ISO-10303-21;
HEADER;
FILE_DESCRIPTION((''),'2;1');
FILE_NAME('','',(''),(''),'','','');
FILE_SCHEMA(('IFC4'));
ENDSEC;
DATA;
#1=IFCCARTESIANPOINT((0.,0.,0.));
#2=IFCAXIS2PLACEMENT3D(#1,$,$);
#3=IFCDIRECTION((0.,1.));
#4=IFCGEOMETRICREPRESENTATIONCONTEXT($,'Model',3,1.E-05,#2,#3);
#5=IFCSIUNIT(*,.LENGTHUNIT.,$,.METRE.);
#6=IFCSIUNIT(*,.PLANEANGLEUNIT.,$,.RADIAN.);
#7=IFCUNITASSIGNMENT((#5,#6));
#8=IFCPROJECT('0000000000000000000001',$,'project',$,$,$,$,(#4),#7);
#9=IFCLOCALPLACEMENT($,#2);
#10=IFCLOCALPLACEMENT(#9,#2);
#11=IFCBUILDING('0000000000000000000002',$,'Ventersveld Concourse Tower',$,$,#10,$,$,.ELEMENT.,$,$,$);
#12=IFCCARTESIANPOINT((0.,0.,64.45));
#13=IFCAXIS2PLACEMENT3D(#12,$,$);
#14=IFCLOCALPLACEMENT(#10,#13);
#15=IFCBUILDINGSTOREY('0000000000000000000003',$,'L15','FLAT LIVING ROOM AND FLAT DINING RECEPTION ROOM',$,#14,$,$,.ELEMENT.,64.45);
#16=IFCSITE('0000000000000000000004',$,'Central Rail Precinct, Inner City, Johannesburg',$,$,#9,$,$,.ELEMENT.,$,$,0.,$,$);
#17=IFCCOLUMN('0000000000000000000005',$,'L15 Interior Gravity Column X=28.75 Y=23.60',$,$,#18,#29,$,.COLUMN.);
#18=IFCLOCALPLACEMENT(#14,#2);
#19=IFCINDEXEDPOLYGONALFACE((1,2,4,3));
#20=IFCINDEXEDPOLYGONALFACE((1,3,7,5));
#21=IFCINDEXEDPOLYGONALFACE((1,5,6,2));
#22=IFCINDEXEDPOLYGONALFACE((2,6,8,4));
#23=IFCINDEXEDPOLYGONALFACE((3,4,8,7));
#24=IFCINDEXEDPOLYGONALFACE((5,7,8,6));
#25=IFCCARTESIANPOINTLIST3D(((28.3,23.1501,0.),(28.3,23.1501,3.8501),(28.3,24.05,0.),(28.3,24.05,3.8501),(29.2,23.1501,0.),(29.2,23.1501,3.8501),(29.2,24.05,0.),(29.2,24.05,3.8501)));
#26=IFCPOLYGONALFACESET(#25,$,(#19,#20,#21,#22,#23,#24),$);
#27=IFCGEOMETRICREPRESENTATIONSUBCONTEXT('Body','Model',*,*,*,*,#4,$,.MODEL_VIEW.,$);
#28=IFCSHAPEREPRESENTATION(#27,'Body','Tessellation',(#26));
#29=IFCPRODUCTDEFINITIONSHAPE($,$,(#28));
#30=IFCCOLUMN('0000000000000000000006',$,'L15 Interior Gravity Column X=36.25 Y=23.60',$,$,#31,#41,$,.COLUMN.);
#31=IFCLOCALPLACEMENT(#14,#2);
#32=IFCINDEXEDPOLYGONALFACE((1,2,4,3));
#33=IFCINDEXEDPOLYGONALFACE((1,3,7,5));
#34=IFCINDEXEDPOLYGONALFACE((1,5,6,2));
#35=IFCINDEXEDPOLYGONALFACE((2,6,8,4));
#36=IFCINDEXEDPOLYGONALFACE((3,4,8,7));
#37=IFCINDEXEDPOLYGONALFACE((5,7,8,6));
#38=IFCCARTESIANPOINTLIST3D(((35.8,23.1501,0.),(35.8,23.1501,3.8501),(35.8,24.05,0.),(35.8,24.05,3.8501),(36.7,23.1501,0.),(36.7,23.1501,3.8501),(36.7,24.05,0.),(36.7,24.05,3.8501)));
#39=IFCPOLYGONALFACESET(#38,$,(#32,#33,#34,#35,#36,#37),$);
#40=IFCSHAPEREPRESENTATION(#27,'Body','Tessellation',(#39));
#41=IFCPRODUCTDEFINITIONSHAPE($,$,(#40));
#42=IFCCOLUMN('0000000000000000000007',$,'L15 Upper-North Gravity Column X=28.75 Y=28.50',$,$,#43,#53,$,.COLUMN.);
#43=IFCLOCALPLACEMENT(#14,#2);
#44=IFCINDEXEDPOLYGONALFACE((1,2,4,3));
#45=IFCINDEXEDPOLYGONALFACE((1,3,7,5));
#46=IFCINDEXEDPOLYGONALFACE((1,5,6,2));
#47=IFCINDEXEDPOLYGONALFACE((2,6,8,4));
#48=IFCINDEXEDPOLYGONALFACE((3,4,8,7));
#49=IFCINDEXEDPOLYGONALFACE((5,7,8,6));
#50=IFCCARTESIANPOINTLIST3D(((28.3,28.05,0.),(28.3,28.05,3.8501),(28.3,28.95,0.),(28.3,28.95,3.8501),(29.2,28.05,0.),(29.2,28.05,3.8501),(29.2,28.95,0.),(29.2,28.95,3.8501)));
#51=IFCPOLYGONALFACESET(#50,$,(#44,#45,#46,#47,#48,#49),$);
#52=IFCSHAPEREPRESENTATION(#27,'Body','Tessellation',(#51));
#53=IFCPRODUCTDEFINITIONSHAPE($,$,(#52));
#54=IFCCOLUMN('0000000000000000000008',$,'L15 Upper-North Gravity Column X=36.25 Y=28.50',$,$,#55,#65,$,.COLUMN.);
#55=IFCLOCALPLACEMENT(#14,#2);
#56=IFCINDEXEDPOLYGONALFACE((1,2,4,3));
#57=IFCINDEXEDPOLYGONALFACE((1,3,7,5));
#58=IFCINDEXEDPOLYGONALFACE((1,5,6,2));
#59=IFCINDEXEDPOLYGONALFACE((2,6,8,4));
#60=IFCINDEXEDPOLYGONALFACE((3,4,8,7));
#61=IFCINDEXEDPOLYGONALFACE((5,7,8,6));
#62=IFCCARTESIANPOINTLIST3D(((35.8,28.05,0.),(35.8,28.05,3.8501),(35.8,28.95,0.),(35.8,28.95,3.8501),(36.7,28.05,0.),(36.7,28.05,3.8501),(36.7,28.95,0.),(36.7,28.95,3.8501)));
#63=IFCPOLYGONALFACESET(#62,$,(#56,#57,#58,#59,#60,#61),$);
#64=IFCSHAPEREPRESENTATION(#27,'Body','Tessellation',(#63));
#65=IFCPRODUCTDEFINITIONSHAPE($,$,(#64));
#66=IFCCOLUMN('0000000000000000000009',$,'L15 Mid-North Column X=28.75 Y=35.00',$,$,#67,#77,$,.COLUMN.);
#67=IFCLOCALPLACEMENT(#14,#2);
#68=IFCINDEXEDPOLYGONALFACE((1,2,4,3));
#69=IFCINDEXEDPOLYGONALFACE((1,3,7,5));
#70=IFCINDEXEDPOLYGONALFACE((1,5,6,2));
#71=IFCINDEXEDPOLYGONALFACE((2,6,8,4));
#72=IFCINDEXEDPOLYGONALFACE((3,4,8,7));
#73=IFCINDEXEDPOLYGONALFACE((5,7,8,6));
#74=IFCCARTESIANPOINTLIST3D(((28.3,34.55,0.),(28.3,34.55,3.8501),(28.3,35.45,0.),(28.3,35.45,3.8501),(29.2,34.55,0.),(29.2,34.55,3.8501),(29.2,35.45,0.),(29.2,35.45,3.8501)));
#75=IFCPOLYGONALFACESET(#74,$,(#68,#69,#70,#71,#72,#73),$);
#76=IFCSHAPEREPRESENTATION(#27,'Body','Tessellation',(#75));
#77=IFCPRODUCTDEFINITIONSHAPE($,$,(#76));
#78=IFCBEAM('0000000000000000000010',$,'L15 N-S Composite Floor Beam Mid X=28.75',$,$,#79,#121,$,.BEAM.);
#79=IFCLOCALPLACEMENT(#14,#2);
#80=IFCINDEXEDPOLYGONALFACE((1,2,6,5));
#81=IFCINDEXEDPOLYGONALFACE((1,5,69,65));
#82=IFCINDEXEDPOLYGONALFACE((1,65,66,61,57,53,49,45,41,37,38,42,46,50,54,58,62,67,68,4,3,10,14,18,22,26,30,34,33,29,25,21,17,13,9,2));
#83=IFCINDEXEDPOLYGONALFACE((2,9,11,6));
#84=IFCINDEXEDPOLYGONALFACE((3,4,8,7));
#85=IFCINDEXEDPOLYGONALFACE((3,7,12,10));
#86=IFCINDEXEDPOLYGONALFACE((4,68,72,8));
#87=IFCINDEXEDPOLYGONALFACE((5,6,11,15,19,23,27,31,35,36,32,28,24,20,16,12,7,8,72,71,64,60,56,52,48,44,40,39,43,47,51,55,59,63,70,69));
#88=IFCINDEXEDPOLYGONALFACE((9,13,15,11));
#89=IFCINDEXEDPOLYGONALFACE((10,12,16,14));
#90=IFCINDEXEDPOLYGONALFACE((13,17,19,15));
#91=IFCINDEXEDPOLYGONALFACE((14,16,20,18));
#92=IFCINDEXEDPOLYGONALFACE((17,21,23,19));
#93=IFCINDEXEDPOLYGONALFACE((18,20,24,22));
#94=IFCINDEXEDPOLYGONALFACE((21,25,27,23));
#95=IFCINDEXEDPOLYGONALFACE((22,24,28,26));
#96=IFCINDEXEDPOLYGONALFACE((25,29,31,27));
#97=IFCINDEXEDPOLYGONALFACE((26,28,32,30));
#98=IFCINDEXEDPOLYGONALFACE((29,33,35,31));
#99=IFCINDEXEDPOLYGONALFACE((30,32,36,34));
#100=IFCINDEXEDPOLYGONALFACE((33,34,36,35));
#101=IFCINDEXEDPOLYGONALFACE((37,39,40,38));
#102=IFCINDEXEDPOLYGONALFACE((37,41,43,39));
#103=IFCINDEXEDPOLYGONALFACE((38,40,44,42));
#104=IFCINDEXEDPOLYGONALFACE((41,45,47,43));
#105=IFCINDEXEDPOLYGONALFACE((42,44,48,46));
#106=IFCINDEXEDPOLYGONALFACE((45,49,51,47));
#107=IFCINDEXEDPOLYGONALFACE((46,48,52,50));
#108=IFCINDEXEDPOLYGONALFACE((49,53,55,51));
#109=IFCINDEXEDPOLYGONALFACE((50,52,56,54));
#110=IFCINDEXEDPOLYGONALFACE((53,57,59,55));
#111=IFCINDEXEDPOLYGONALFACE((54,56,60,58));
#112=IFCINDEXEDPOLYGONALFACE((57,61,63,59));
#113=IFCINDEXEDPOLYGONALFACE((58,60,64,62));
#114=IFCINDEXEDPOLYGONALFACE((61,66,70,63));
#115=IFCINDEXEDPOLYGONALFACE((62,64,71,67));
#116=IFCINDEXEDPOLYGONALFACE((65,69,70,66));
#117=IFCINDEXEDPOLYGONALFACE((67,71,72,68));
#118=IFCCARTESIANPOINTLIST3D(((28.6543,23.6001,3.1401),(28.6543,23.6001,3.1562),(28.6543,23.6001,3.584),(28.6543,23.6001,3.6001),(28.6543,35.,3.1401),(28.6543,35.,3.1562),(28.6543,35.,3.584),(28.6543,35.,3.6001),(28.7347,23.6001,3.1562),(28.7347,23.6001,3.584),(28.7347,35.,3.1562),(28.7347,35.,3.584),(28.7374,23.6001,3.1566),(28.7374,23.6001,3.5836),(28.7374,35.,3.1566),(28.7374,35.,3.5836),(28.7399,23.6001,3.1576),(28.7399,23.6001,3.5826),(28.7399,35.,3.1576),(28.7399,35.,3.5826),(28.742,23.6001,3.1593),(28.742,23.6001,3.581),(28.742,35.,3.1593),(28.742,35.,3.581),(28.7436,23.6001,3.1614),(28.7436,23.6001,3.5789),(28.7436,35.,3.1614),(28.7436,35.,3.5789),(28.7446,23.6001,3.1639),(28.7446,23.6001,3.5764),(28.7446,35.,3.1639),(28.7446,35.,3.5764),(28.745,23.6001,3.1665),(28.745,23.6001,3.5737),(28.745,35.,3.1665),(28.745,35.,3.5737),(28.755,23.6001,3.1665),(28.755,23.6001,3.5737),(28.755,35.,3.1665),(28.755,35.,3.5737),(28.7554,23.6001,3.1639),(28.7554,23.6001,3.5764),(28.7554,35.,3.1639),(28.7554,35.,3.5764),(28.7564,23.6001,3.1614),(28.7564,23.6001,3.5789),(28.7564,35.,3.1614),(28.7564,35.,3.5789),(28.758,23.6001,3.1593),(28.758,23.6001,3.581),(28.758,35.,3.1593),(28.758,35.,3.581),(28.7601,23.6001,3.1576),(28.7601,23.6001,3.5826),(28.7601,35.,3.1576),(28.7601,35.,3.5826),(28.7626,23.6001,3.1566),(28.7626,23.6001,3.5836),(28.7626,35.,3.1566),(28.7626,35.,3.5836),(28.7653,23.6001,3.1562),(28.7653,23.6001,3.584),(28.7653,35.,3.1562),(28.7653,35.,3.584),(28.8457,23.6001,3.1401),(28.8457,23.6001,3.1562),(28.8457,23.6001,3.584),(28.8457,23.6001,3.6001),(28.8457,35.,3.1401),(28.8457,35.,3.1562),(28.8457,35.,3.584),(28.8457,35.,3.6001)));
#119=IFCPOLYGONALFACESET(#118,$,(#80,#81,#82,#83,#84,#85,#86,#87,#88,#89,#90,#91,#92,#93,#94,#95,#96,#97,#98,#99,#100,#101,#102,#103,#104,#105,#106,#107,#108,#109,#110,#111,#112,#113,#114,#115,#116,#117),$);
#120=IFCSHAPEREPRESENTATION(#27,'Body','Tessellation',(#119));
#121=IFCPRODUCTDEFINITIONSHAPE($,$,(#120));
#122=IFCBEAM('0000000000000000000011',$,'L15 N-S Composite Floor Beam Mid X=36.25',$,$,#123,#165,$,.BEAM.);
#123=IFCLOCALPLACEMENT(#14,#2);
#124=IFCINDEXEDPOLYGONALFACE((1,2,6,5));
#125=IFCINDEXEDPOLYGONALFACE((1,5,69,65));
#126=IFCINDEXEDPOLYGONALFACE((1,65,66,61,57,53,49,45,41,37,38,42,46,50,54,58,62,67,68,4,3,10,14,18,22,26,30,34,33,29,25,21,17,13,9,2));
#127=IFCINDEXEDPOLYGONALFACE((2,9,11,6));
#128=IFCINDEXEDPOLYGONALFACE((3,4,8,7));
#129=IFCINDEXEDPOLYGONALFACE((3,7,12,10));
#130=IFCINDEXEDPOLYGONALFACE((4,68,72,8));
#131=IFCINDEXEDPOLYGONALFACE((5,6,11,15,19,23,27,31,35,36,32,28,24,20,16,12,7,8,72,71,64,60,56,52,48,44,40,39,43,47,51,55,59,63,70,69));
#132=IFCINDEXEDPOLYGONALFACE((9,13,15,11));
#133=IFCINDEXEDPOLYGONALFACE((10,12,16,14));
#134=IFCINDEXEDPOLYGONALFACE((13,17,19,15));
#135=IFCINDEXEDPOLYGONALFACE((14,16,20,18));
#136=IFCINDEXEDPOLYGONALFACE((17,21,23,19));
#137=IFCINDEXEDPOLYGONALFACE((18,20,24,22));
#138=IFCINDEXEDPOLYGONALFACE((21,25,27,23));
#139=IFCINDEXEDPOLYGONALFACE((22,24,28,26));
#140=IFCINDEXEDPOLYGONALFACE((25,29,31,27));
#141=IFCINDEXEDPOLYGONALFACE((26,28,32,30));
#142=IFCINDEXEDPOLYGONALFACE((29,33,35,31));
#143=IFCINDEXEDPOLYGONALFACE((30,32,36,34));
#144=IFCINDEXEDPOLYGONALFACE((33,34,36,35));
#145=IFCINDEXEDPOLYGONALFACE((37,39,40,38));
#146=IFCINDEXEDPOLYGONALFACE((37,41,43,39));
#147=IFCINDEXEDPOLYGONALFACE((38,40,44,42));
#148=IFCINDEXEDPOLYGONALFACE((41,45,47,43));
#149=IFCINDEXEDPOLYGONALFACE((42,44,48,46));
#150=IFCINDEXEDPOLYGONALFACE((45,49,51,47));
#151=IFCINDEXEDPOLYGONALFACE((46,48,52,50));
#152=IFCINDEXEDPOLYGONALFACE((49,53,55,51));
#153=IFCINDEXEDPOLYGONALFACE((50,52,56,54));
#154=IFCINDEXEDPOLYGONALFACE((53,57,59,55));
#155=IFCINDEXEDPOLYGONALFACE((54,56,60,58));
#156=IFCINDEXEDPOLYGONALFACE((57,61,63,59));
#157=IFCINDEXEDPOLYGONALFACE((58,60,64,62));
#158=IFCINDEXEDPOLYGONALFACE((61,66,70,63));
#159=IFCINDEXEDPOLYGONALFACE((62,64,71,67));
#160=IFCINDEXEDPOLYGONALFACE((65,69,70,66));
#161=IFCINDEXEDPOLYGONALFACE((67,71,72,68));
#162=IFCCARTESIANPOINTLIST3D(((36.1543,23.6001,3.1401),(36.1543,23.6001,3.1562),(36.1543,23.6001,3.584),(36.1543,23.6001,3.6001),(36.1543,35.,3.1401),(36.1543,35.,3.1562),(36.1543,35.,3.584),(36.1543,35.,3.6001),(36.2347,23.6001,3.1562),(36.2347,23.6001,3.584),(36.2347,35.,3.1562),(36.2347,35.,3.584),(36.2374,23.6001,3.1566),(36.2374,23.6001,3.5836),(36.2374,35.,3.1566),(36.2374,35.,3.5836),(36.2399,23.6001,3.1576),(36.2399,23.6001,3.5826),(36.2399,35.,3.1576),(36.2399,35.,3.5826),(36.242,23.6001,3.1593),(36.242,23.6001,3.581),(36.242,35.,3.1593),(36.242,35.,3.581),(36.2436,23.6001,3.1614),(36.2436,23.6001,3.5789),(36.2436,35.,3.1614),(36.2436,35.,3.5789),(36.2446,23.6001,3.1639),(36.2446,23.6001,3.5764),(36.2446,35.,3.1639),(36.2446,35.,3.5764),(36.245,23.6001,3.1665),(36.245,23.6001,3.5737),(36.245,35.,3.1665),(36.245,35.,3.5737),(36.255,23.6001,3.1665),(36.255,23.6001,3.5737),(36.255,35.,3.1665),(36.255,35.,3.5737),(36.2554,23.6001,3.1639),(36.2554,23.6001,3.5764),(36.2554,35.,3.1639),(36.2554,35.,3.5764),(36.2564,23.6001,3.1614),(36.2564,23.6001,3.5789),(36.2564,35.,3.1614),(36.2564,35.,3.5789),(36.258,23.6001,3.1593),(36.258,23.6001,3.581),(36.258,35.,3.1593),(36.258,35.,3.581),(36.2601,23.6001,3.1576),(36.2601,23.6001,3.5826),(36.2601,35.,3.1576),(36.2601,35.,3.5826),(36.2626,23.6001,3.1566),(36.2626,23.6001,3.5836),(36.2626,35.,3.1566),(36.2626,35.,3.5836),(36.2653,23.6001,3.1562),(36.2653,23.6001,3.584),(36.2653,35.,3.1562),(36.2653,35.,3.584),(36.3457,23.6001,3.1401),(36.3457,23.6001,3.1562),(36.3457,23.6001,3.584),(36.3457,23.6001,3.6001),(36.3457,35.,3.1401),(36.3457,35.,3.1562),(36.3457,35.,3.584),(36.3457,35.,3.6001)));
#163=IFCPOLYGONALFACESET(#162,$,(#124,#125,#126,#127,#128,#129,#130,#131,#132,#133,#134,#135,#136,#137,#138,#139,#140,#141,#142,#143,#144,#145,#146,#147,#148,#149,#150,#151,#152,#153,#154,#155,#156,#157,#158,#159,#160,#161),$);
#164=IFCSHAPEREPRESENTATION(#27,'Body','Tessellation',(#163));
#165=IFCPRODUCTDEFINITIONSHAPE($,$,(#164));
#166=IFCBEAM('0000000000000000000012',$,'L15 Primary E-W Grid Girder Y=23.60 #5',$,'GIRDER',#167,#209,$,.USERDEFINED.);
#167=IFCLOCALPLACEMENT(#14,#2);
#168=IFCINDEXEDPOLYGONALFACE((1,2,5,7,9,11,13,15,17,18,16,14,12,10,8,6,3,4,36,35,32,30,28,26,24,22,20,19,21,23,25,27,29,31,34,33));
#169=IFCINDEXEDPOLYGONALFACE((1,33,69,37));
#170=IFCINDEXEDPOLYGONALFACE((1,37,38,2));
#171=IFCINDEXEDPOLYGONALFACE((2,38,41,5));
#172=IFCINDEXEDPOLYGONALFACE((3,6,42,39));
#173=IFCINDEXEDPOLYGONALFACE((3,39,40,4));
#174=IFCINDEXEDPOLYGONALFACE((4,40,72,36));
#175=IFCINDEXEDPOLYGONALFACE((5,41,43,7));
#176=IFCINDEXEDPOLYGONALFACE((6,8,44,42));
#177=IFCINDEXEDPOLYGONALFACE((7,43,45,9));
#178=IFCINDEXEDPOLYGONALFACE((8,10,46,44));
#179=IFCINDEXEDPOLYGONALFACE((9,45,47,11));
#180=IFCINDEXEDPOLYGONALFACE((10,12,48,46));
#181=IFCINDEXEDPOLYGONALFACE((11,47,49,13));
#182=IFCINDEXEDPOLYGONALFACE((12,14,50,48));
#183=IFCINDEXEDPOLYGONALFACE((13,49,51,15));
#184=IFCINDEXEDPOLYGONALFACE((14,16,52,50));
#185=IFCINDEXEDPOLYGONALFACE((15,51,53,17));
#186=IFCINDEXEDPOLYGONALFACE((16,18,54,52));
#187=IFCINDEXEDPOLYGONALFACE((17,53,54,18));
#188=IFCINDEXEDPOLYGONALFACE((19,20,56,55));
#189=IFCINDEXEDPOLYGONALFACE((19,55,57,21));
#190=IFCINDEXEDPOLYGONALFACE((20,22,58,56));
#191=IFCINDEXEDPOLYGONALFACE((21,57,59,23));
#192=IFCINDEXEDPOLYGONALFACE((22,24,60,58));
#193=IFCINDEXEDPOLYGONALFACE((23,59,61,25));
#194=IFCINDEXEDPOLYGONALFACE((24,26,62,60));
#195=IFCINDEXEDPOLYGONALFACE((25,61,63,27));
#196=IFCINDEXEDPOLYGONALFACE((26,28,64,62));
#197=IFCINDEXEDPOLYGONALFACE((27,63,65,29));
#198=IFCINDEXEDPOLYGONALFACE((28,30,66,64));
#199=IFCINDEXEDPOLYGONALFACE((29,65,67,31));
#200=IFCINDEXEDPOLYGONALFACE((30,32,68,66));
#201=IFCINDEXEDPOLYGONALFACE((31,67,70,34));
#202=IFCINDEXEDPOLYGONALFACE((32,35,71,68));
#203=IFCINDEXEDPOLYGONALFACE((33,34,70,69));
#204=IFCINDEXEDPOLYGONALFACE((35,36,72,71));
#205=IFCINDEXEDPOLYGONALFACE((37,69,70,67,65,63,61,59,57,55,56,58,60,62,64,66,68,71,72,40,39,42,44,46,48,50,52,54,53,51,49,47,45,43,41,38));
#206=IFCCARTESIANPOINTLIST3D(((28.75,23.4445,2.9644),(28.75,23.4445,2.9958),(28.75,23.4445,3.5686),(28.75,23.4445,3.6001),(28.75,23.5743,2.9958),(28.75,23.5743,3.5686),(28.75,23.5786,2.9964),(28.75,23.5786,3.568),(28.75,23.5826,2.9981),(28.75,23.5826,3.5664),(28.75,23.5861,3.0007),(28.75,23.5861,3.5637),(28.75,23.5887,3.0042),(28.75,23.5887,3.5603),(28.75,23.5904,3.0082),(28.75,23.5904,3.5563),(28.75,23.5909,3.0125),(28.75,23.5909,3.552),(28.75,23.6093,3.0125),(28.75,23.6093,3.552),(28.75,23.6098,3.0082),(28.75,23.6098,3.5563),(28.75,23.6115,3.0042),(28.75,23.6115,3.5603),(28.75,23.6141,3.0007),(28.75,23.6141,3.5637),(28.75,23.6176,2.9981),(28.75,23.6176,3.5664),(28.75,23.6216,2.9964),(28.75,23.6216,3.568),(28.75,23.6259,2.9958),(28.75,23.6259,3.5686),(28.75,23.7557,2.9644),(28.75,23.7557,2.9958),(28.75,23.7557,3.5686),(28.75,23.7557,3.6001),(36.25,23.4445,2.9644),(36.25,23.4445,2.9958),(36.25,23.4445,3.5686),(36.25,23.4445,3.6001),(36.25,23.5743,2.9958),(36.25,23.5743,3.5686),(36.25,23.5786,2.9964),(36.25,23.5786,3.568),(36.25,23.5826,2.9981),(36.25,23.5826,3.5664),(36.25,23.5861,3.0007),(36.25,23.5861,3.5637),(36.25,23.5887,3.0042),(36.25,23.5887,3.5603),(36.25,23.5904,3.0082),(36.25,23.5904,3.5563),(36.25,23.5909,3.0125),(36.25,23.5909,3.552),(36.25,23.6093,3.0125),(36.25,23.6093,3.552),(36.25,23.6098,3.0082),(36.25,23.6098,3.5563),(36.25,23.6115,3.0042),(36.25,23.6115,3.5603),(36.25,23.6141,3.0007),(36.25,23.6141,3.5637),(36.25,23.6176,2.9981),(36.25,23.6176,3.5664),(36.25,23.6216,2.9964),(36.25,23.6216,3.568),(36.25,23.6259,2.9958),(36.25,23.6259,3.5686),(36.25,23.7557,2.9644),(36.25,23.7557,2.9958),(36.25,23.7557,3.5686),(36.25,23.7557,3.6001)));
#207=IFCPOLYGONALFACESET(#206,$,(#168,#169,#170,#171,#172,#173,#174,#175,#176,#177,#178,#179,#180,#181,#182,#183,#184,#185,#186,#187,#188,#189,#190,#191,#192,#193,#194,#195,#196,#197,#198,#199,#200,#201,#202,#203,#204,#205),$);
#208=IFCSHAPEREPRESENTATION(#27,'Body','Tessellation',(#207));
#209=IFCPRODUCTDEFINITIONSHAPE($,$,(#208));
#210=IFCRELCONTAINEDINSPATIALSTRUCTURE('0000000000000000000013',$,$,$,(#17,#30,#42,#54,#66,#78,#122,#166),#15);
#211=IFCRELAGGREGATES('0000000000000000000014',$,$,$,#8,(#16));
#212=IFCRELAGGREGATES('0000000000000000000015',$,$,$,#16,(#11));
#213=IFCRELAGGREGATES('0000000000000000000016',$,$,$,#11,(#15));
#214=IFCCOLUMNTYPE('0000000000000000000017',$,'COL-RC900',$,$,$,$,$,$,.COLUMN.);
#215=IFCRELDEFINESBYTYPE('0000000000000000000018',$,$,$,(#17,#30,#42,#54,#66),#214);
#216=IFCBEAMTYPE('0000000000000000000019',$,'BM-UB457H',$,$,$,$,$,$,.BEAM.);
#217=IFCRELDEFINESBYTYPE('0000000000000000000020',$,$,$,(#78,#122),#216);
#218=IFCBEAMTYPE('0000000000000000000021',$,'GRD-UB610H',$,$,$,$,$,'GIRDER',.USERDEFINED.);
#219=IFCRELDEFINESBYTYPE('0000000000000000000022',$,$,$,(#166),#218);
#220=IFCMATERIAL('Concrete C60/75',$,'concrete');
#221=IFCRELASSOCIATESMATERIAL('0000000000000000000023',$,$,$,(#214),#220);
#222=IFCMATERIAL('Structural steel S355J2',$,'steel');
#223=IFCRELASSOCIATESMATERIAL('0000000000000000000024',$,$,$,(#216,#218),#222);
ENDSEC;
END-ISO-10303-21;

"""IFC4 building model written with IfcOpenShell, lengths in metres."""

from ifc_helpers import new_model, si_unit, direction, frame, origin, origin_2d, place, context, subcontext, project, spatial, rectangle, i_section, extrude, material, material_profile, profile_set, type_object, element, save


model = new_model("IFC4")

# Units and contexts
model_context = context("Model", 3, precision=1e-05, world=origin(), true_north=direction((0.0, 1.0)))
body_context = subcontext(model_context, "Body", "Model", "MODEL_VIEW")
ifc_project = project(units=[si_unit("LENGTHUNIT", "METRE"), si_unit("PLANEANGLEUNIT", "RADIAN")], contexts=[model_context])

# Site, building, storey
site_placement = place(None, origin())
site = spatial("IfcSite", under=ifc_project, at=site_placement, Name="Central Rail Precinct, Inner City, Johannesburg", CompositionType="ELEMENT", RefElevation=0.0)
building_placement = place(site_placement, origin())
building = spatial("IfcBuilding", under=site, at=building_placement, Name="Ventersveld Concourse Tower", CompositionType="ELEMENT")
storey_placement = place(building_placement, frame((0.0, 0.0, 64.45)))
storey = spatial("IfcBuildingStorey", under=building, at=storey_placement, Name="L15", Description="FLAT LIVING ROOM AND FLAT DINING RECEPTION ROOM", CompositionType="ELEMENT", Elevation=64.45)

# Columns
ifc_material_1 = material(Name="Concrete C60/75", Category="concrete")
ifc_material_profile_1 = material_profile(ifc_material_1, rectangle(XDim=0.8999, YDim=0.8999, at=origin_2d()), Name="RC 900x900")
ifc_profile_set_1 = profile_set([ifc_material_profile_1], Name="Concrete C60/75")
column_type = type_object("IfcColumnType", Name="COL-RC900", PredefinedType="COLUMN", material=ifc_profile_set_1)
for number, where, z_axis, x_axis, name in (
    (1, (28.75, 23.6001, 0.0), (0.0, 0.0, 1.0), (1.0, 0.0, 0.0), "L15 Interior Gravity Column X=28.75 Y=23.60"),
    (2, (36.25, 23.6001, 0.0), (0.0, 0.0, 1.0), (1.0, 0.0, 0.0), "L15 Interior Gravity Column X=36.25 Y=23.60"),
    (3, (28.75, 28.5, 0.0), (0.0, 0.0, 1.0), (1.0, 0.0, 0.0), "L15 Upper-North Gravity Column X=28.75 Y=28.50"),
    (4, (36.25, 28.5, 0.0), (0.0, 0.0, 1.0), (1.0, 0.0, 0.0), "L15 Upper-North Gravity Column X=36.25 Y=28.50"),
    (5, (28.75, 35.0, 0.0), (0.0, 0.0, 1.0), (1.0, 0.0, 0.0), "L15 Mid-North Column X=28.75 Y=35.00"),
):
    element("IfcColumn", number, at=place(storey_placement, frame(where, z_axis=z_axis, x_axis=x_axis)), inside=storey, type_object=column_type, Name=name, PredefinedType="COLUMN", context=body_context, shape_type="SweptSolid", body=[
        extrude(rectangle(XDim=0.8999, YDim=0.8999, at=origin_2d()), origin(), (0.0, 0.0, 1.0), 3.8501),
    ])

# Beams
ifc_material_2 = material(Name="Structural steel S355J2", Category="steel")
ifc_material_profile_2 = material_profile(ifc_material_2, i_section(OverallWidth=0.1914, OverallDepth=0.46, WebThickness=0.01, FlangeThickness=0.0161, FilletRadius=0.0103, at=origin_2d()), Name="UB 457x191x82")
ifc_profile_set_2 = profile_set([ifc_material_profile_2], Name="Structural steel S355J2")
beam_type_1 = type_object("IfcBeamType", Name="BM-UB457H", PredefinedType="BEAM", material=ifc_profile_set_2)
for number, where, z_axis, x_axis, name in (
    (6, (28.75, 23.6001, 3.3701), (0.0, 1.0, 0.0), (-1.0, 0.0, 0.0), "L15 N-S Composite Floor Beam Mid X=28.75"),
    (7, (36.25, 23.6001, 3.3701), (0.0, 1.0, 0.0), (-1.0, 0.0, 0.0), "L15 N-S Composite Floor Beam Mid X=36.25"),
):
    element("IfcBeam", number, at=place(storey_placement, frame(where, z_axis=z_axis, x_axis=x_axis)), inside=storey, type_object=beam_type_1, Name=name, PredefinedType="BEAM", context=body_context, shape_type="SweptSolid", body=[
        extrude(i_section(OverallWidth=0.1914, OverallDepth=0.46, WebThickness=0.01, FlangeThickness=0.0161, FilletRadius=0.0103, at=origin_2d()), origin(), (0.0, 0.0, 1.0), 11.3999),
    ])
ifc_material_profile_3 = material_profile(ifc_material_2, i_section(OverallWidth=0.3113, OverallDepth=0.6357, WebThickness=0.0183, FlangeThickness=0.0315, FilletRadius=0.0166, at=origin_2d()), Name="UB 610x305x238")
ifc_profile_set_3 = profile_set([ifc_material_profile_3], Name="Structural steel S355J2")
beam_type_2 = type_object("IfcBeamType", Name="GRD-UB610H", ElementType="GIRDER", PredefinedType="USERDEFINED", material=ifc_profile_set_3)
for number, where, z_axis, x_axis, name in (
    (8, (28.75, 23.6001, 3.2822), (1.0, 0.0, 0.0), (0.0, 1.0, 0.0), "L15 Primary E-W Grid Girder Y=23.60 #5"),
):
    element("IfcBeam", number, at=place(storey_placement, frame(where, z_axis=z_axis, x_axis=x_axis)), inside=storey, type_object=beam_type_2, Name=name, ObjectType="GIRDER", PredefinedType="USERDEFINED", context=body_context, shape_type="SweptSolid", body=[
        extrude(i_section(OverallWidth=0.3113, OverallDepth=0.6357, WebThickness=0.0183, FlangeThickness=0.0315, FilletRadius=0.0166, at=origin_2d()), origin(), (0.0, 0.0, 1.0), 7.5),
    ])

save(model, "model.ifc")
